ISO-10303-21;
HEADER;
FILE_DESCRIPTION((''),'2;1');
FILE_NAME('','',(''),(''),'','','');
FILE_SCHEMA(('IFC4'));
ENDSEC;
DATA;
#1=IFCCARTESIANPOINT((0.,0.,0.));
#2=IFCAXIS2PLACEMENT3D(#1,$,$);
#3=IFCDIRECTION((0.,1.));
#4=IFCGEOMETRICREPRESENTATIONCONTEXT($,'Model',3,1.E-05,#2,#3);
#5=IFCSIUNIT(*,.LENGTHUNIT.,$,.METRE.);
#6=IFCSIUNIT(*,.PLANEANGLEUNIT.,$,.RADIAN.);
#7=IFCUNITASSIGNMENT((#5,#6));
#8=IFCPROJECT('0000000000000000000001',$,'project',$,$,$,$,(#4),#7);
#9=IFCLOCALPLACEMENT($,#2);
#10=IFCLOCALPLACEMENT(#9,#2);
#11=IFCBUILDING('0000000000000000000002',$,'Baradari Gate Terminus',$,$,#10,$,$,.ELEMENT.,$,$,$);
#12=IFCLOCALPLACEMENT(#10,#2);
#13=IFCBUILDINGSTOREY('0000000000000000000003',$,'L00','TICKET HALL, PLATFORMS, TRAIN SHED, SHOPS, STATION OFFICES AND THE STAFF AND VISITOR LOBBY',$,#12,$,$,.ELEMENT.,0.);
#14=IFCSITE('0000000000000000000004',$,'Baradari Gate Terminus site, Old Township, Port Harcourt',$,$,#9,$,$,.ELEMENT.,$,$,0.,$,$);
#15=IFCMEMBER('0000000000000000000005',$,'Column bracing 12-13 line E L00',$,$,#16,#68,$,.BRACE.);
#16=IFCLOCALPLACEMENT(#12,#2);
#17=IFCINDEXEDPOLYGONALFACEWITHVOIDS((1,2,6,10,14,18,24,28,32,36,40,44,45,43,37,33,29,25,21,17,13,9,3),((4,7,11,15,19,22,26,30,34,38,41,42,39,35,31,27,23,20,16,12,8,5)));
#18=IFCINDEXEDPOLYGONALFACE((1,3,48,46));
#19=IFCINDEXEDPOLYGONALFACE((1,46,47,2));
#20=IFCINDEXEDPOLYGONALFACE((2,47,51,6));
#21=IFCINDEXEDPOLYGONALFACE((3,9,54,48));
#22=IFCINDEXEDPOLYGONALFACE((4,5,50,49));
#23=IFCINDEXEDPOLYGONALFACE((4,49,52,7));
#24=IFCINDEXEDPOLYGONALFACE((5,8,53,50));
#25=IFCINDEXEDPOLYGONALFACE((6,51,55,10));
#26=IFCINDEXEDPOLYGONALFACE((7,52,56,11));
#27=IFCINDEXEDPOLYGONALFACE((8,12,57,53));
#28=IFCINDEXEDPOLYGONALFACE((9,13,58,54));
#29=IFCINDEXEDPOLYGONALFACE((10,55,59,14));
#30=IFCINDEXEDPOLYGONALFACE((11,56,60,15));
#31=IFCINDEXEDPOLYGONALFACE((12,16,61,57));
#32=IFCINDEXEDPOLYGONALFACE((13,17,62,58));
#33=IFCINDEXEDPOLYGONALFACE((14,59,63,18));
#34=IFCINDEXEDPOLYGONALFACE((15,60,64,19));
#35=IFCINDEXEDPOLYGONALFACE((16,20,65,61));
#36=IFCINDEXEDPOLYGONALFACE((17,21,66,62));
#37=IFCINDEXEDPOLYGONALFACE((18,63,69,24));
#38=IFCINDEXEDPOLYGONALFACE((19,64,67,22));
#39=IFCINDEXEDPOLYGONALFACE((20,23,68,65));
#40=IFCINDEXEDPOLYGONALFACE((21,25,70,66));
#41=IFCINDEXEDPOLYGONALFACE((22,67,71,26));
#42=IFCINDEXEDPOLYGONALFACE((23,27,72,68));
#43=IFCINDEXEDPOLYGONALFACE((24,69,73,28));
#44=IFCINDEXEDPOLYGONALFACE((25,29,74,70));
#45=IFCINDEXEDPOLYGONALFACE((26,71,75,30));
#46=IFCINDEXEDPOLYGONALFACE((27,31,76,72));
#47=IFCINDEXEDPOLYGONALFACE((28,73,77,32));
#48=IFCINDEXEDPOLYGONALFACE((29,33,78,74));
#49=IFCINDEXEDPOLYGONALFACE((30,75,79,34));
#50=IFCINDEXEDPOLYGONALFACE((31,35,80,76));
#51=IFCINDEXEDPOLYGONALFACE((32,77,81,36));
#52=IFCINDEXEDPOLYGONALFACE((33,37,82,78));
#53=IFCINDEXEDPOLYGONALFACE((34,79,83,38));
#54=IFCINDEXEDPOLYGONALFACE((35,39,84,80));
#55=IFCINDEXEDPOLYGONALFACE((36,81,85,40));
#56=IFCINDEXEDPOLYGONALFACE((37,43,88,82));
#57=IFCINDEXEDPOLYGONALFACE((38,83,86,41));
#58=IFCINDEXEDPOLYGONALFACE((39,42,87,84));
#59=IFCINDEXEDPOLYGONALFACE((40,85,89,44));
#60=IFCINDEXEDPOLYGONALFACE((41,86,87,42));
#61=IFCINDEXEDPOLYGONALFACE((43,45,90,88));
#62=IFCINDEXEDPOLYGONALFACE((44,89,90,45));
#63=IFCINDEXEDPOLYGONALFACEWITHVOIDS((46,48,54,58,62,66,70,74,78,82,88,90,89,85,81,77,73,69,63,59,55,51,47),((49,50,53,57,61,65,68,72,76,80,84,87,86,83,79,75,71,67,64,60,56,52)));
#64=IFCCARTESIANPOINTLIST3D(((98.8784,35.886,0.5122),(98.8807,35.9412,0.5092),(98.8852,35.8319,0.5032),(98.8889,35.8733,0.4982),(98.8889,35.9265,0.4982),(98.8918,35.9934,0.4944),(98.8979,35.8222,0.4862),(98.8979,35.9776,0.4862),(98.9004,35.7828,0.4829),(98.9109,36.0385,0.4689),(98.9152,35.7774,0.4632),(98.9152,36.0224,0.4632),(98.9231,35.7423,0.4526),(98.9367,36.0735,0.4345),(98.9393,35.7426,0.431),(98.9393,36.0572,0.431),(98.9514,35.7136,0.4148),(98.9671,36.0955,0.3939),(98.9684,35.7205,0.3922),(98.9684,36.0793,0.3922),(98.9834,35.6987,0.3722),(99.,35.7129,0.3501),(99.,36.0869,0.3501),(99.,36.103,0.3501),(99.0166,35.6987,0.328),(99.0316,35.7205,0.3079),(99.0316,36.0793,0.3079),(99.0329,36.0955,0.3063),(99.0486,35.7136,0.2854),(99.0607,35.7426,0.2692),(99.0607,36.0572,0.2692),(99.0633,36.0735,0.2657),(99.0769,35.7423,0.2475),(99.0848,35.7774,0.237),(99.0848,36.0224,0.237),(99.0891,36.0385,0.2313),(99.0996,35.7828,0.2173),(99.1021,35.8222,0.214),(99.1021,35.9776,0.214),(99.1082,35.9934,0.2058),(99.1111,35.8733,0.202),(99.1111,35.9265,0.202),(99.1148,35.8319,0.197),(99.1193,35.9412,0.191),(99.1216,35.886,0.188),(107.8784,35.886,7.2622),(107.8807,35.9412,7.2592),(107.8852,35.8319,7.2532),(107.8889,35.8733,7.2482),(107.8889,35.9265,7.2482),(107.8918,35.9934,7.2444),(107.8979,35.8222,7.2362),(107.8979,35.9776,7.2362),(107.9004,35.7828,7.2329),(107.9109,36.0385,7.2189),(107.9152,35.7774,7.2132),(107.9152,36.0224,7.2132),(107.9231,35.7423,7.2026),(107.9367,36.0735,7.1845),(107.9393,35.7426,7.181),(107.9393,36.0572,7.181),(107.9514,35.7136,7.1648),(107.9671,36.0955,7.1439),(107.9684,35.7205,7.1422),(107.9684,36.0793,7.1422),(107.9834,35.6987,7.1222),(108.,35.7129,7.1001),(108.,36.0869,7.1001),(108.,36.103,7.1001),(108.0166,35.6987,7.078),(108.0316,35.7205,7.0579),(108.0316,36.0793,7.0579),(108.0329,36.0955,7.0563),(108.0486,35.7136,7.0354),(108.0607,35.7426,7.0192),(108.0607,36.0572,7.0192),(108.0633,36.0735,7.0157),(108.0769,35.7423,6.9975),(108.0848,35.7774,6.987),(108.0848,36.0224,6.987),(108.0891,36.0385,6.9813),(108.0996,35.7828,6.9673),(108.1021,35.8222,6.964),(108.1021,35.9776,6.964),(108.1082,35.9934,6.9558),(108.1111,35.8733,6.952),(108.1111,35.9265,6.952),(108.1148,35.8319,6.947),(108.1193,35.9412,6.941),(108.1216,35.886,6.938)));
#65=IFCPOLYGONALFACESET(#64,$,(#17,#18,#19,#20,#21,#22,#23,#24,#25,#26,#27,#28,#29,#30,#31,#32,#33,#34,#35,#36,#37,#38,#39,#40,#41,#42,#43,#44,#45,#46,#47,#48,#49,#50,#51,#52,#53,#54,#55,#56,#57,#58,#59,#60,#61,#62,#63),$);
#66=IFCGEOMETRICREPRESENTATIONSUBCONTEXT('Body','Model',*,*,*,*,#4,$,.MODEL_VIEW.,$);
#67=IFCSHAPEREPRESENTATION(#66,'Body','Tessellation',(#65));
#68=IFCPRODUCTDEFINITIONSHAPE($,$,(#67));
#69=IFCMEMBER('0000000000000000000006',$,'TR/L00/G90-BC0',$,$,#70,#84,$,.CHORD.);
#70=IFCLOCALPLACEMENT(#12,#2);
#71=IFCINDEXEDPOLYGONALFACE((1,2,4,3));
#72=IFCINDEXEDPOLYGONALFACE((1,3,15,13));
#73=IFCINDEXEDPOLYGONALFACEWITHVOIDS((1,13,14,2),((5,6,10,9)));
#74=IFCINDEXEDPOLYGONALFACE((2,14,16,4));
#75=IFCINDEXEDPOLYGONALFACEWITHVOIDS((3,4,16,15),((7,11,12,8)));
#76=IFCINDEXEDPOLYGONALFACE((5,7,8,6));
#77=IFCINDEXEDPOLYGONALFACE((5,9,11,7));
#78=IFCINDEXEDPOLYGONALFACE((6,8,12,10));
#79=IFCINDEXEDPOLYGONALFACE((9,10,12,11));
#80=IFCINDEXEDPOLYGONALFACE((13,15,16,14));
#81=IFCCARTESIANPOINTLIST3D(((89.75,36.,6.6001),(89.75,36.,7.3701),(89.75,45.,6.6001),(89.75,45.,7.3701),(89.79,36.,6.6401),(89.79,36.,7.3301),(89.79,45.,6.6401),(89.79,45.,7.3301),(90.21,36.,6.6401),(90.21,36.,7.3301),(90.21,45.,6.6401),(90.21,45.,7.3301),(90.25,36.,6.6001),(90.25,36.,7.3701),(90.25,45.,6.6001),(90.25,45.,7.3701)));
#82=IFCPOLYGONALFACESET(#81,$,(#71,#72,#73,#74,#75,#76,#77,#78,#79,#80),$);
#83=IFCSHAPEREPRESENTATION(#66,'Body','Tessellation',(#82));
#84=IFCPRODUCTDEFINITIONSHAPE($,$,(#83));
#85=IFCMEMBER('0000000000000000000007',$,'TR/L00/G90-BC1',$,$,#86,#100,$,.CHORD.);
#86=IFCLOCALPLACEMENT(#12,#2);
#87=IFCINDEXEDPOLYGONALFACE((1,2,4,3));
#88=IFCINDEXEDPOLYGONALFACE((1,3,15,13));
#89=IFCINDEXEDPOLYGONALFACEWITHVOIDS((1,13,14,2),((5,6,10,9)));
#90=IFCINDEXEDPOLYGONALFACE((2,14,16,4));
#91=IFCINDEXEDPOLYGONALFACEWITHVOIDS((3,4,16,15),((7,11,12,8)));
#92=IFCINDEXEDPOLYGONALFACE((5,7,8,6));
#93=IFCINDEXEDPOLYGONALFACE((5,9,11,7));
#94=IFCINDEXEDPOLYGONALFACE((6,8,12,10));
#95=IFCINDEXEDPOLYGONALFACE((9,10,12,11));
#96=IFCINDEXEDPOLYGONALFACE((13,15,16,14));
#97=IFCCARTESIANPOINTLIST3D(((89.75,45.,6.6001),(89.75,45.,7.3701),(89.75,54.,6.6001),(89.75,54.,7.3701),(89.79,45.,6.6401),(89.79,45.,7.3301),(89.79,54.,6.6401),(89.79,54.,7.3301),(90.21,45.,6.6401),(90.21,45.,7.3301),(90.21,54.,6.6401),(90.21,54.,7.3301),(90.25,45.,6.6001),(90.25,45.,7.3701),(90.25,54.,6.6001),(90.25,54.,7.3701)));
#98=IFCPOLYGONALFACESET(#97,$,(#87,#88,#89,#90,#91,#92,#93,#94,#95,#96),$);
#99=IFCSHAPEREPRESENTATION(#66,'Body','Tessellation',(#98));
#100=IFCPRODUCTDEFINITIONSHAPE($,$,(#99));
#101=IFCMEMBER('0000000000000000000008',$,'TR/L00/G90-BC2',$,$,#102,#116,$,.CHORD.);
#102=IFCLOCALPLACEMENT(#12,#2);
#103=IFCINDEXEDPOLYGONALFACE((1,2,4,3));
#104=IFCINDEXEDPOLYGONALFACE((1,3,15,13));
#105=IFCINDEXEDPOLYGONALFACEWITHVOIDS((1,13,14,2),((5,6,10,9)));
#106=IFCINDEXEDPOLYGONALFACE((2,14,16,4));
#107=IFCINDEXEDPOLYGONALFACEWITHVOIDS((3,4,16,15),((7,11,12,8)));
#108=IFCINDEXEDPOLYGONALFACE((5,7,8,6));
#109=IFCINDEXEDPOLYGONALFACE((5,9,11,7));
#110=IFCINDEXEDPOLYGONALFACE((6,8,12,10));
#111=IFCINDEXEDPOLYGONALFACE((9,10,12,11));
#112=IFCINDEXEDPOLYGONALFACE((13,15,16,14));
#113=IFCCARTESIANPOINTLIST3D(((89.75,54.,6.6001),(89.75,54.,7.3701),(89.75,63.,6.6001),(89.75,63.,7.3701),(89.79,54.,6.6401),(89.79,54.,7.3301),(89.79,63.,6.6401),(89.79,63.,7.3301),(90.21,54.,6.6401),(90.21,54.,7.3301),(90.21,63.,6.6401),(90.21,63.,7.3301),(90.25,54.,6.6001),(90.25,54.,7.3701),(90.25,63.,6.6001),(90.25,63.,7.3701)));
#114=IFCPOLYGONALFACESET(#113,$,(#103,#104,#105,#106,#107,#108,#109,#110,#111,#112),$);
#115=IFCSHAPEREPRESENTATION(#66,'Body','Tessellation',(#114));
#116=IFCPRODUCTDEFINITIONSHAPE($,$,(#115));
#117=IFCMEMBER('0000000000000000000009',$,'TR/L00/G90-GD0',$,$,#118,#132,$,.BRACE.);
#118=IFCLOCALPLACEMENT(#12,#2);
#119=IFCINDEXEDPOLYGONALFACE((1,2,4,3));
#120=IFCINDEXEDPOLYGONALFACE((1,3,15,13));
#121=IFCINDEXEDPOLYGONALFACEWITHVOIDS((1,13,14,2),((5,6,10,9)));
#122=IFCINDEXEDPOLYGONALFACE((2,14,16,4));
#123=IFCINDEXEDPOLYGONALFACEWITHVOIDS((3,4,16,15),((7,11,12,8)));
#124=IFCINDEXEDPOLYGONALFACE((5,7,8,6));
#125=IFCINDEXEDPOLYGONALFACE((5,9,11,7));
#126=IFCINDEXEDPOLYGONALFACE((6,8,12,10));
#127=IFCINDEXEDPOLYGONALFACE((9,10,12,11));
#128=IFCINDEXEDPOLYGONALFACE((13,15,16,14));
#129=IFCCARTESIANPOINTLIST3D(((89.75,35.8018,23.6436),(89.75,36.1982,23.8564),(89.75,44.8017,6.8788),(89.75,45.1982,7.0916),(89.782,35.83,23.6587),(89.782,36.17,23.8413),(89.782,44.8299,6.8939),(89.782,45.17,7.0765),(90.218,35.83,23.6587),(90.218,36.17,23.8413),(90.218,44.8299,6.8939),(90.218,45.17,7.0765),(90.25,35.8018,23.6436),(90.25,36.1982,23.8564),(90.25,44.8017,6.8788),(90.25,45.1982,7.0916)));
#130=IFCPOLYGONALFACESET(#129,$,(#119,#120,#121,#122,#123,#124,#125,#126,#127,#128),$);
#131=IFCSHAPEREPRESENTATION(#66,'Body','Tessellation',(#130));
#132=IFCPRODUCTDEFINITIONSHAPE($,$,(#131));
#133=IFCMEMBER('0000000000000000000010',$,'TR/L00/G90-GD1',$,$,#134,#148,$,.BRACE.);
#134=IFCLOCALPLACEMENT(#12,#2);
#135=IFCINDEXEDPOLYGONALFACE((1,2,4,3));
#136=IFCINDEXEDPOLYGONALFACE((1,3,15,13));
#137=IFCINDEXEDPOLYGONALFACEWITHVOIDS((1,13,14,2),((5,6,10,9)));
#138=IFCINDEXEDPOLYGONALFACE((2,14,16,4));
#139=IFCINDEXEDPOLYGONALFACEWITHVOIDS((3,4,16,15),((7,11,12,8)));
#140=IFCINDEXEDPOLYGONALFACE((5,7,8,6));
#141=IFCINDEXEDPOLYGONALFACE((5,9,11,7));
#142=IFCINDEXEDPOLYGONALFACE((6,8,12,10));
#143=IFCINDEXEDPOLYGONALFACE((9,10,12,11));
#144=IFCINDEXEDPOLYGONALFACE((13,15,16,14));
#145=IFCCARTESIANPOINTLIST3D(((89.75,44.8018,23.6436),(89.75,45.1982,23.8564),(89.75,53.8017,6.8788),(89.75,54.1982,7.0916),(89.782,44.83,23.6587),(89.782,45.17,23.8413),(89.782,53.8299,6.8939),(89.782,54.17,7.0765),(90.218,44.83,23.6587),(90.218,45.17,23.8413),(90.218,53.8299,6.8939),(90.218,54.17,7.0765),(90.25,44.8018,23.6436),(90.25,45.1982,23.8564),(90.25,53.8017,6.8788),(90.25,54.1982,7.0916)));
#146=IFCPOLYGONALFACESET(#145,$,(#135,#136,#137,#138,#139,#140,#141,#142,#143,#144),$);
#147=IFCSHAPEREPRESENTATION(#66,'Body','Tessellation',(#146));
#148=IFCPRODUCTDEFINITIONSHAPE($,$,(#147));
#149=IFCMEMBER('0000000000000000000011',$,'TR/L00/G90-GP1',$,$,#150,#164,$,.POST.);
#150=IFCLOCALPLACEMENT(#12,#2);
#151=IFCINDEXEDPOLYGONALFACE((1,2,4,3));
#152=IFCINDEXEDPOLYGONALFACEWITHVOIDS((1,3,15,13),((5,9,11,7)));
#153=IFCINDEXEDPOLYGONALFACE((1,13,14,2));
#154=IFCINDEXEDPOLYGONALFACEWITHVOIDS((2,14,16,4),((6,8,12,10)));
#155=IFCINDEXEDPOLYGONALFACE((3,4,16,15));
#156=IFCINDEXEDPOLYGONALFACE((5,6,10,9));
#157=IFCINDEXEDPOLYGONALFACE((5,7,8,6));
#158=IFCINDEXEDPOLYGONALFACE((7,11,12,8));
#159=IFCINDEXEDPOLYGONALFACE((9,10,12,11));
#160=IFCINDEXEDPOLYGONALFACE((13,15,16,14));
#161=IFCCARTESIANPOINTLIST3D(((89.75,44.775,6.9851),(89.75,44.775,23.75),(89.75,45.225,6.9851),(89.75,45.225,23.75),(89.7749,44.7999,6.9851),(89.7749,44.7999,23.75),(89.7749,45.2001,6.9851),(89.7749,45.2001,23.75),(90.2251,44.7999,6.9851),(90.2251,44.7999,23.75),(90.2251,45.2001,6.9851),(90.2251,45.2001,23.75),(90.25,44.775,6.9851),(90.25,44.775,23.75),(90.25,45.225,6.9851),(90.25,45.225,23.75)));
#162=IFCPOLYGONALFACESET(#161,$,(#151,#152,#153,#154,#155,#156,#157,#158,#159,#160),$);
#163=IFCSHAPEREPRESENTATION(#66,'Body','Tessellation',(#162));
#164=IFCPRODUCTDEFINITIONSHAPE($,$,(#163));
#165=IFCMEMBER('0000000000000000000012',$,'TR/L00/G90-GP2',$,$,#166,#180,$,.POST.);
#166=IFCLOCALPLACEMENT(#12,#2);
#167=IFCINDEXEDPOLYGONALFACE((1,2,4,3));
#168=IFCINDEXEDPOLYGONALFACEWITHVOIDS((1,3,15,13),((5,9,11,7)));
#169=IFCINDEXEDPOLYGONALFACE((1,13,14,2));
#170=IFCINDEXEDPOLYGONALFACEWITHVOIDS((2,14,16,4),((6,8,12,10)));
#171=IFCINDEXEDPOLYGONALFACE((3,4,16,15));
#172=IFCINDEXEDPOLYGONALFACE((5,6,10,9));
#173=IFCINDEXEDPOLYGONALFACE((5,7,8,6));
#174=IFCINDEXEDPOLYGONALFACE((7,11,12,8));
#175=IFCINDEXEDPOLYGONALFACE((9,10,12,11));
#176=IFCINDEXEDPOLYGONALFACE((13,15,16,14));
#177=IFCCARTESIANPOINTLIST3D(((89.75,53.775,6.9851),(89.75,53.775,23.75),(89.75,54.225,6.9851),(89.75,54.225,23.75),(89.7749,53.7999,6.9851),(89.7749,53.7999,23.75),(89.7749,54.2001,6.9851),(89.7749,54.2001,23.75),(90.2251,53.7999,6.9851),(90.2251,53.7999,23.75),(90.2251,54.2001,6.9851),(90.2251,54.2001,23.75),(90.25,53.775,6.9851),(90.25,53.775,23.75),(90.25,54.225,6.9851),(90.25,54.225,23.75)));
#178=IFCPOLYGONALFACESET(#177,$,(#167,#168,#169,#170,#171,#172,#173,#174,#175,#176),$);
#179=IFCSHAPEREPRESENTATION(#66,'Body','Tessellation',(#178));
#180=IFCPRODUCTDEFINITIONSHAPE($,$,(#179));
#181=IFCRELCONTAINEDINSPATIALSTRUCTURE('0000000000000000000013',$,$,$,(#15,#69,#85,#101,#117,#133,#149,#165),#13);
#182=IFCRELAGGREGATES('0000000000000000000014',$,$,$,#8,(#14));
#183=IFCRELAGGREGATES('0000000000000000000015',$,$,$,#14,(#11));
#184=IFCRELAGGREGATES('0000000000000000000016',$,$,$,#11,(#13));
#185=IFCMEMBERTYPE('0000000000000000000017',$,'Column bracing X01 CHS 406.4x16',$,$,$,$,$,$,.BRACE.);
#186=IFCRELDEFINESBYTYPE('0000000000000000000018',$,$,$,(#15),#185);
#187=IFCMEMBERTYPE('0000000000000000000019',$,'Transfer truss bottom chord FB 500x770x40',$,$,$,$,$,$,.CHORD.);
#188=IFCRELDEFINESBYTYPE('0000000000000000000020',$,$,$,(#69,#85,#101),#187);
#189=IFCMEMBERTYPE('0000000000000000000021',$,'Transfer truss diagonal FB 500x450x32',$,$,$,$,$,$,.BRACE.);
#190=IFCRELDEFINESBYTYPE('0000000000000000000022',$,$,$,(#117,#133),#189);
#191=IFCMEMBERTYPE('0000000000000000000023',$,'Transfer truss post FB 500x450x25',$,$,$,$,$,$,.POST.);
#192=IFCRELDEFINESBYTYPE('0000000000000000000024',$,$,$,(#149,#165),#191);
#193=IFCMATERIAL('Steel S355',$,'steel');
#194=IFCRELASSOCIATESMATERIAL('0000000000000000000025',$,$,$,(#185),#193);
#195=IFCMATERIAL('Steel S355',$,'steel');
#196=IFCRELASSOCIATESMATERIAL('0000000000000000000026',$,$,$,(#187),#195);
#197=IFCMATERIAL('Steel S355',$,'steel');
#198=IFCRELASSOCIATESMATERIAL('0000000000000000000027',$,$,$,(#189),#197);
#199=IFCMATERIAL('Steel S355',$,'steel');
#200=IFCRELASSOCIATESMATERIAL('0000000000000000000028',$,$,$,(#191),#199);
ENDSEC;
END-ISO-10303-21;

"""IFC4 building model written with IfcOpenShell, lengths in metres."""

from ifc_helpers import new_model, si_unit, direction, frame, origin, origin_2d, place, context, subcontext, project, spatial, hollow_rectangle, hollow_circle, extrude, material, material_profile, profile_set, type_object, element, save


model = new_model("IFC4")

# Units and contexts
model_context = context("Model", 3, precision=1e-05, world=origin(), true_north=direction((0.0, 1.0)))
body_context = subcontext(model_context, "Body", "Model", "MODEL_VIEW")
ifc_project = project(units=[si_unit("LENGTHUNIT", "METRE"), si_unit("PLANEANGLEUNIT", "RADIAN")], contexts=[model_context])

# Site, building, storey
site_placement = place(None, origin())
site = spatial("IfcSite", under=ifc_project, at=site_placement, Name="Baradari Gate Terminus site, Old Township, Port Harcourt", CompositionType="ELEMENT", RefElevation=0.0)
building_placement = place(site_placement, origin())
building = spatial("IfcBuilding", under=site, at=building_placement, Name="Baradari Gate Terminus", CompositionType="ELEMENT")
storey_placement = place(building_placement, origin())
storey = spatial("IfcBuildingStorey", under=building, at=storey_placement, Name="L00", Description="TICKET HALL, PLATFORMS, TRAIN SHED, SHOPS, STATION OFFICES AND THE STAFF AND VISITOR LOBBY", CompositionType="ELEMENT", Elevation=0.0)

# Members
ifc_material_1 = material(Name="Steel S355", Category="steel")
ifc_material_profile_1 = material_profile(ifc_material_1, hollow_circle(Radius=0.2031, WallThickness=0.0161, at=origin_2d()), Name="CHS 406.4x16")
ifc_profile_set_1 = profile_set([ifc_material_profile_1], Name="Steel S355")
member_type_1 = type_object("IfcMemberType", Name="Column bracing X01 CHS 406.4x16", PredefinedType="BRACE", material=ifc_profile_set_1)
member_placement = place(storey_placement, frame((99.0, 35.8999, 0.3501), z_axis=(0.8, 0.0, 0.6), x_axis=(0.0, 1.0, 0.0)))
element("IfcMember", 1, at=member_placement, inside=storey, type_object=member_type_1, Name="Column bracing 12-13 line E L00", PredefinedType="BRACE", context=body_context, shape_type="SweptSolid", body=[
    extrude(hollow_circle(Radius=0.2031, WallThickness=0.0161, at=origin_2d()), origin(), (0.0, 0.0, 1.0), 11.25),
])
ifc_material_2 = material(Name="Steel S355", Category="steel")
ifc_material_profile_2 = material_profile(ifc_material_2, hollow_rectangle(XDim=0.5, YDim=0.77, WallThickness=0.04, at=origin_2d()), Name="FB 500x770x40")
ifc_profile_set_2 = profile_set([ifc_material_profile_2], Name="Steel S355")
member_type_2 = type_object("IfcMemberType", Name="Transfer truss bottom chord FB 500x770x40", PredefinedType="CHORD", material=ifc_profile_set_2)
for number, where, z_axis, x_axis, name in (
    (2, (90.0, 36.0, 6.9851), (0.0, 1.0, 0.0), (-1.0, 0.0, 0.0), "TR/L00/G90-BC0"),
    (3, (90.0, 45.0, 6.9851), (0.0, 1.0, 0.0), (-1.0, 0.0, 0.0), "TR/L00/G90-BC1"),
    (4, (90.0, 54.0, 6.9851), (0.0, 1.0, 0.0), (-1.0, 0.0, 0.0), "TR/L00/G90-BC2"),
):
    element("IfcMember", number, at=place(storey_placement, frame(where, z_axis=z_axis, x_axis=x_axis)), inside=storey, type_object=member_type_2, Name=name, PredefinedType="CHORD", context=body_context, shape_type="SweptSolid", body=[
        extrude(hollow_rectangle(XDim=0.5, YDim=0.77, WallThickness=0.04, at=origin_2d()), origin(), (0.0, 0.0, 1.0), 9.0),
    ])
ifc_material_3 = material(Name="Steel S355", Category="steel")
ifc_material_profile_3 = material_profile(ifc_material_3, hollow_rectangle(XDim=0.5, YDim=0.45, WallThickness=0.032, at=origin_2d()), Name="FB 500x450x32")
ifc_profile_set_3 = profile_set([ifc_material_profile_3], Name="Steel S355")
member_type_3 = type_object("IfcMemberType", Name="Transfer truss diagonal FB 500x450x32", PredefinedType="BRACE", material=ifc_profile_set_3)
for number, where, z_axis, x_axis, name in (
    (5, (90.0, 36.0, 23.75), (0.0, 0.472989, -0.881068), (-1.0, 0.0, 0.0), "TR/L00/G90-GD0"),
    (6, (90.0, 45.0, 23.75), (0.0, 0.472989, -0.881068), (-1.0, 0.0, 0.0), "TR/L00/G90-GD1"),
):
    element("IfcMember", number, at=place(storey_placement, frame(where, z_axis=z_axis, x_axis=x_axis)), inside=storey, type_object=member_type_3, Name=name, PredefinedType="BRACE", context=body_context, shape_type="SweptSolid", body=[
        extrude(hollow_rectangle(XDim=0.5, YDim=0.45, WallThickness=0.032, at=origin_2d()), origin(), (0.0, 0.0, 1.0), 19.0278),
    ])
ifc_material_4 = material(Name="Steel S355", Category="steel")
ifc_material_profile_4 = material_profile(ifc_material_4, hollow_rectangle(XDim=0.5, YDim=0.45, WallThickness=0.0249, at=origin_2d()), Name="FB 500x450x25")
ifc_profile_set_4 = profile_set([ifc_material_profile_4], Name="Steel S355")
member_type_4 = type_object("IfcMemberType", Name="Transfer truss post FB 500x450x25", PredefinedType="POST", material=ifc_profile_set_4)
for number, where, z_axis, x_axis, name in (
    (7, (90.0, 45.0, 6.9851), (0.0, 0.0, 1.0), (1.0, 0.0, 0.0), "TR/L00/G90-GP1"),
    (8, (90.0, 54.0, 6.9851), (0.0, 0.0, 1.0), (1.0, 0.0, 0.0), "TR/L00/G90-GP2"),
):
    element("IfcMember", number, at=place(storey_placement, frame(where, z_axis=z_axis, x_axis=x_axis)), inside=storey, type_object=member_type_4, Name=name, PredefinedType="POST", context=body_context, shape_type="SweptSolid", body=[
        extrude(hollow_rectangle(XDim=0.5, YDim=0.45, WallThickness=0.0249, at=origin_2d()), origin(), (0.0, 0.0, 1.0), 16.7649),
    ])

save(model, "model.ifc")
